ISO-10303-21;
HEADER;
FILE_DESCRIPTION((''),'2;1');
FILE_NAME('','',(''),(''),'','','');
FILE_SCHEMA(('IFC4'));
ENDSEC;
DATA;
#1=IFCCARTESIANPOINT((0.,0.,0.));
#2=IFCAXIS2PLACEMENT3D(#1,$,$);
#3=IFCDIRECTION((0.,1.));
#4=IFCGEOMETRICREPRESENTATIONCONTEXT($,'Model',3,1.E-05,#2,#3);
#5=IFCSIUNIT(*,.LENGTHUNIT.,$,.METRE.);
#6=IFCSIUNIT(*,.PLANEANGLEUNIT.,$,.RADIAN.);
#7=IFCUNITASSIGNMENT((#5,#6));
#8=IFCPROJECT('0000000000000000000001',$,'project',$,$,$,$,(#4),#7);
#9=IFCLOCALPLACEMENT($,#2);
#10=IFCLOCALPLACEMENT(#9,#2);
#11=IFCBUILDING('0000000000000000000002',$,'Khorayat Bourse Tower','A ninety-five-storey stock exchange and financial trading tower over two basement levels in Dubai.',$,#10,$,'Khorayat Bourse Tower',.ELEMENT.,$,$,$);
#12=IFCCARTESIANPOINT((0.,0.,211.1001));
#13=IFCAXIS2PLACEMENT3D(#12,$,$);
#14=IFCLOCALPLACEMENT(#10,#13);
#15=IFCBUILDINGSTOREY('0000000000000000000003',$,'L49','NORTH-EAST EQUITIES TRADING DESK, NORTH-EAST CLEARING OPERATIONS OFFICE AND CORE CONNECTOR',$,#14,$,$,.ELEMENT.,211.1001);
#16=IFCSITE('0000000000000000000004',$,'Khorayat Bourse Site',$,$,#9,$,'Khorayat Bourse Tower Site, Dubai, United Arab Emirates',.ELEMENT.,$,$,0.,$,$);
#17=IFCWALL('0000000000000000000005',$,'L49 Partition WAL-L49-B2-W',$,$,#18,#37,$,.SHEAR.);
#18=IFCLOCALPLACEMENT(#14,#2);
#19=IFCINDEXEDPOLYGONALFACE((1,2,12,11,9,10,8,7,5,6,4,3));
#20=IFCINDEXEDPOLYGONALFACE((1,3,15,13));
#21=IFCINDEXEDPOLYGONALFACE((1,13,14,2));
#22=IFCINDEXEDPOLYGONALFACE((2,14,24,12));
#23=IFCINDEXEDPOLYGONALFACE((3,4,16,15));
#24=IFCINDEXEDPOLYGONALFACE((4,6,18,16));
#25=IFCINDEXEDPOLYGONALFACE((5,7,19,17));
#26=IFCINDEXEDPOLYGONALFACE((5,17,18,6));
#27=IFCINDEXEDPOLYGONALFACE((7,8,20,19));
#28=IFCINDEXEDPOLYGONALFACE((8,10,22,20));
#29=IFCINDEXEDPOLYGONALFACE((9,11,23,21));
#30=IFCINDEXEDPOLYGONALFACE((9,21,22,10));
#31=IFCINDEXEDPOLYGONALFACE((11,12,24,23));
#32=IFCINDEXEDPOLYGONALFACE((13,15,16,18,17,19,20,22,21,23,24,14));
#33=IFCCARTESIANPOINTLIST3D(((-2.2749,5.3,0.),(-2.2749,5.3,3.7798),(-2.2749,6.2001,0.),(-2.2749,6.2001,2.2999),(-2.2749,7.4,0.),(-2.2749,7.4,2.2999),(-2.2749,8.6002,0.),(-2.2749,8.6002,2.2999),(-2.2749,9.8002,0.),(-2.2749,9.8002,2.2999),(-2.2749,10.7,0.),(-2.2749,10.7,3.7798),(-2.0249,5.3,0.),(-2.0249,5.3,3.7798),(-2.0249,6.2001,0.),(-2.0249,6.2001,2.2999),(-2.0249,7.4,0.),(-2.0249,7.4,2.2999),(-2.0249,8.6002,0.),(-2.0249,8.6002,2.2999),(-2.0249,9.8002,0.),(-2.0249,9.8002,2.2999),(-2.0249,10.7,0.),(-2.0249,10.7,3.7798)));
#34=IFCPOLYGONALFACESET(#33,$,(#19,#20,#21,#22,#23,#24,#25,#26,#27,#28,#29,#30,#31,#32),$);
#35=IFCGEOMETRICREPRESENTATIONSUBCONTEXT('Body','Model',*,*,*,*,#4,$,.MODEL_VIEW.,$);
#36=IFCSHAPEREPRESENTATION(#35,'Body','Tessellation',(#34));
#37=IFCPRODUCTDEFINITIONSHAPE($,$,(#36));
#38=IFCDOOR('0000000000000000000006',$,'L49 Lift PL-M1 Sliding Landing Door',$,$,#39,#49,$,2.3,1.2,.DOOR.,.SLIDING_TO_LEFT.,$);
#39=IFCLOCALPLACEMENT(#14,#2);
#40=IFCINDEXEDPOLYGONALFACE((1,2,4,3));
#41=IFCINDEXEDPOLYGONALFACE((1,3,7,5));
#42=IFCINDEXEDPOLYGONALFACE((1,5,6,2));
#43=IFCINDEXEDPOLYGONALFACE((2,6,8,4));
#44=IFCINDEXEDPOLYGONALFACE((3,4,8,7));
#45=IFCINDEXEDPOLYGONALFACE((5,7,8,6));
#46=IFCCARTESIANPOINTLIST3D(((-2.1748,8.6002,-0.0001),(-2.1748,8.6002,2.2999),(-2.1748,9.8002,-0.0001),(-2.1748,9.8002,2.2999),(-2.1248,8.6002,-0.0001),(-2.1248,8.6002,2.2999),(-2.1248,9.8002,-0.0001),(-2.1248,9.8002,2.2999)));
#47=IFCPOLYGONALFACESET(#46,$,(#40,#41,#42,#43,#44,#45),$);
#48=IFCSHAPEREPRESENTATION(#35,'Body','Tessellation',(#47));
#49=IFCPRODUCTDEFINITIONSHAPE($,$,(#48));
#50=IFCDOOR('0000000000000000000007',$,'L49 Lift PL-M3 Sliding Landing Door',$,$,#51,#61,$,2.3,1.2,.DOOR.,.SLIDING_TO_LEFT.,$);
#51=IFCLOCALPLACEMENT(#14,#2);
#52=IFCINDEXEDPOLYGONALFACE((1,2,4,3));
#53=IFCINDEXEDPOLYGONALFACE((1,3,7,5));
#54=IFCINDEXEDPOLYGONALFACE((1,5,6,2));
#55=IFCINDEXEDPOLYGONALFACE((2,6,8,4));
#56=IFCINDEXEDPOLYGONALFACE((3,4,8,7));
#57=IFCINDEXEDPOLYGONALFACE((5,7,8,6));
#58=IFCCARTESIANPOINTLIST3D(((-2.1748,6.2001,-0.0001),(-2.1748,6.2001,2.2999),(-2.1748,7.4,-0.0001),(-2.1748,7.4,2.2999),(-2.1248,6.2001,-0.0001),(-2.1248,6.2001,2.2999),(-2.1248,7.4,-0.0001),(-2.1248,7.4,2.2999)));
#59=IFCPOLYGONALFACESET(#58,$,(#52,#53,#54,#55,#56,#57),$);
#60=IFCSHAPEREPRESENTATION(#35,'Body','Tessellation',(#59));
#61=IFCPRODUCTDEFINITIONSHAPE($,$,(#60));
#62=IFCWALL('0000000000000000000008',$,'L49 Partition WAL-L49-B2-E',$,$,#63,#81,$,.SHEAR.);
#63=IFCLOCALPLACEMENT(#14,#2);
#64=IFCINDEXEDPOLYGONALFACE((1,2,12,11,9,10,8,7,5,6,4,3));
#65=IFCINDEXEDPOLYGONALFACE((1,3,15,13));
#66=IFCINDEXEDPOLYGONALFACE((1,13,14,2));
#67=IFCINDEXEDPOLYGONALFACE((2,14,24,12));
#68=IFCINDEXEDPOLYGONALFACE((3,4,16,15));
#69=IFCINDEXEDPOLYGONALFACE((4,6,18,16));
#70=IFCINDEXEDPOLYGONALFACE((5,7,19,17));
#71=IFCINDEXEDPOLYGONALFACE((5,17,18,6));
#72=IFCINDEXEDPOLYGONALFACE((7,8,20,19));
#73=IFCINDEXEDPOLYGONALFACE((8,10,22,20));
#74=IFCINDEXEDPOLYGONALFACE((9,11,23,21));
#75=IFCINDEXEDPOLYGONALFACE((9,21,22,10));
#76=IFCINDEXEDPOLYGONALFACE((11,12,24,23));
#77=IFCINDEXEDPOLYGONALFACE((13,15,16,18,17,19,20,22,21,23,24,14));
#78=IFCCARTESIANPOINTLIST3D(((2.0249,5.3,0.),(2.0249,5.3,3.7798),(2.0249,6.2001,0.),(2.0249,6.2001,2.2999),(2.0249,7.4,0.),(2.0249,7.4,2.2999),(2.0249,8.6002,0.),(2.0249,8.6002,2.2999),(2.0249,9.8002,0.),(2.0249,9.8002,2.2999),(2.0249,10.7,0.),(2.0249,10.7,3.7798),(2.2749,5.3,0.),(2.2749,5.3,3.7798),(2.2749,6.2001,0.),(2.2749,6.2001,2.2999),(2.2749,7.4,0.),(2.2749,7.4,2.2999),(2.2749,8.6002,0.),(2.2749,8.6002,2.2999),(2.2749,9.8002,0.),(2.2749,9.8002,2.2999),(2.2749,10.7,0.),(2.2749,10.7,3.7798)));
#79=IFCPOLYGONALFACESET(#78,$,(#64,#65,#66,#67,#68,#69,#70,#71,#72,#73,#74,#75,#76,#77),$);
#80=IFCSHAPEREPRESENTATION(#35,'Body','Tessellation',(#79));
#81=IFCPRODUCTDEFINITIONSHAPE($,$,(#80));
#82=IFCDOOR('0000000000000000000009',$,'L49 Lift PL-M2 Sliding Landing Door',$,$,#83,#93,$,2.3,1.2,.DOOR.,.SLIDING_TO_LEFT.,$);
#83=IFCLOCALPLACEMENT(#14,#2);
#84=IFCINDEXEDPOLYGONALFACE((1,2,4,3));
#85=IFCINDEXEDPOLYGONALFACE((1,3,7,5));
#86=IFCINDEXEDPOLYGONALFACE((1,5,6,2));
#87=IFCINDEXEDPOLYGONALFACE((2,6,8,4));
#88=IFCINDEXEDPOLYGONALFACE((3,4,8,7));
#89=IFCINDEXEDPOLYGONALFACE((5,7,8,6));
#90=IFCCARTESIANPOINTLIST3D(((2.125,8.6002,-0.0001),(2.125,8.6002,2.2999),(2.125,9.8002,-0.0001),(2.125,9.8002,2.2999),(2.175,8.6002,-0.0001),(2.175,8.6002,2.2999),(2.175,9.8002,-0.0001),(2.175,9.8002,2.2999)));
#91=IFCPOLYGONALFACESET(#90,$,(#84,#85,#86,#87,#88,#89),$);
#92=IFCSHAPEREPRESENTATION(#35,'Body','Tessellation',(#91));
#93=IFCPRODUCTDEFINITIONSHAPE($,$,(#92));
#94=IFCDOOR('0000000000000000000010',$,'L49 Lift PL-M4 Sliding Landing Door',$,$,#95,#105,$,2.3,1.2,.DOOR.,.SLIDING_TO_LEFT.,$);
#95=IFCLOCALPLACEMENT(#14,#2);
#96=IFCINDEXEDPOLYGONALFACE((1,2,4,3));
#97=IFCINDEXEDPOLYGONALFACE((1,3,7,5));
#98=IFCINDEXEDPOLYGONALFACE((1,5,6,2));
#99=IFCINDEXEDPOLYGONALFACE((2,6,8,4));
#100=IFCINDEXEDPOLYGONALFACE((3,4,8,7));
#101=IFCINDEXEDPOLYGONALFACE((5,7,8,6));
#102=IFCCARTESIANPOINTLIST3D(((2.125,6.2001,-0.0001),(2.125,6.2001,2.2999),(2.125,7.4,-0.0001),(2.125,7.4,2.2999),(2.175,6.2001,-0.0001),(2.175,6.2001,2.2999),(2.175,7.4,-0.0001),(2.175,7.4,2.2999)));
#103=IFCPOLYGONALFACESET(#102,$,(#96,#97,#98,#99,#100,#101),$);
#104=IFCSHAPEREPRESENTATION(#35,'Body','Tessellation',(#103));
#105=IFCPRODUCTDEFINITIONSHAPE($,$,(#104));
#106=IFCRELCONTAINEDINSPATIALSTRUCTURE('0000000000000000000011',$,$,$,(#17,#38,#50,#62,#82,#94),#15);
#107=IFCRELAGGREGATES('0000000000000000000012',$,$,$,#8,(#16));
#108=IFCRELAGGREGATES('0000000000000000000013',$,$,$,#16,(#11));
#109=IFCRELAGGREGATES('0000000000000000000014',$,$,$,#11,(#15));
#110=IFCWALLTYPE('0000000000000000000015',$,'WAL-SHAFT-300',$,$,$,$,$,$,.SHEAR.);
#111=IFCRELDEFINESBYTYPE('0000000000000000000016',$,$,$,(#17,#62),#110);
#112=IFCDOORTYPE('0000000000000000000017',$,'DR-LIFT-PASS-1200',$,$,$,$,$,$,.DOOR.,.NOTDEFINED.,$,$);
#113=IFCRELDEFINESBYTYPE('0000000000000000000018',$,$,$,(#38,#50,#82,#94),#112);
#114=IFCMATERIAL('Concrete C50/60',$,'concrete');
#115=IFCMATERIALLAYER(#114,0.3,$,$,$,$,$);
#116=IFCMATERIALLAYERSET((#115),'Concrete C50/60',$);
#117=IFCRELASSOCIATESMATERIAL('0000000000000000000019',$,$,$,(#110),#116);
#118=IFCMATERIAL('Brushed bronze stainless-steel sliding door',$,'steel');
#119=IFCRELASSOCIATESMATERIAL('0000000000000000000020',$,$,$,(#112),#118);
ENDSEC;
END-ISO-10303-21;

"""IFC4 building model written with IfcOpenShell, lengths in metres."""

from ifc_helpers import new_model, si_unit, direction, frame, frame_2d, origin, place, context, subcontext, project, spatial, rectangle, extrude, source, transform, mapped, material, layer, layer_set, type_object, element, fill, save


model = new_model("IFC4")

# Units and contexts
model_context = context("Model", 3, precision=1e-05, world=origin(), true_north=direction((0.0, 1.0)))
body_context = subcontext(model_context, "Body", "Model", "MODEL_VIEW")
ifc_project = project(units=[si_unit("LENGTHUNIT", "METRE"), si_unit("PLANEANGLEUNIT", "RADIAN")], contexts=[model_context])

# Site, building, storey
site_placement = place(None, origin())
site = spatial("IfcSite", under=ifc_project, at=site_placement, Name="Khorayat Bourse Site", LongName="Khorayat Bourse Tower Site, Dubai, United Arab Emirates", CompositionType="ELEMENT", RefElevation=0.0)
building_placement = place(site_placement, origin())
building = spatial("IfcBuilding", under=site, at=building_placement, Name="Khorayat Bourse Tower", Description="A ninety-five-storey stock exchange and financial trading tower over two basement levels in Dubai.", LongName="Khorayat Bourse Tower", CompositionType="ELEMENT")
storey_placement = place(building_placement, frame((0.0, 0.0, 211.1001)))
storey = spatial("IfcBuildingStorey", under=building, at=storey_placement, Name="L49", Description="NORTH-EAST EQUITIES TRADING DESK, NORTH-EAST CLEARING OPERATIONS OFFICE AND CORE CONNECTOR", CompositionType="ELEMENT", Elevation=211.1001)

# Shared definitions
ifc_material_1 = material(Name="Concrete C50/60", Category="concrete")
ifc_layer_1 = layer(ifc_material_1, 0.3)
ifc_layer_set_1 = layer_set([ifc_layer_1], Name="Concrete C50/60")
wall_type_1 = type_object("IfcWallType", Name="WAL-SHAFT-300", PredefinedType="SHEAR", material=ifc_layer_set_1)

# Walls, openings, doors
shared_shape_1 = source(origin(), body_context, "Body", "SweptSolid", [
    extrude(rectangle(XDim=5.3999, YDim=0.25, at=frame_2d((2.7, 0.0))), origin(), (0.0, 0.0, 1.0), 3.7798),
])
wall_1_placement = place(storey_placement, frame((-2.1499, 5.3, 0.0), z_axis=(0.0, 0.0, 1.0), x_axis=(0.0, 1.0, 0.0)))
wall_1 = element("IfcWall", 1, at=wall_1_placement, inside=storey, type_object=wall_type_1, Name="L49 Partition WAL-L49-B2-W", PredefinedType="SHEAR", context=body_context, shape_type="MappedRepresentation", body=[
    mapped(shared_shape_1, transform((0.0, 0.0, 0.0), scale=1.0)),
])
shared_shape_2 = source(origin(), body_context, "Body", "SweptSolid", [
    extrude(rectangle(XDim=1.2, YDim=2.3, at=frame_2d((0.6001, 1.1499))), frame((0.0, 0.135, 0.0), z_axis=(0.0, -1.0, 0.0), x_axis=(1.0, 0.0, 0.0)), (0.0, 0.0, 1.0), 0.27),
])
opening_1_placement = place(wall_1_placement, frame((3.3, 0.0, 0.0)))
opening_1 = element("IfcOpeningElement", 2, at=opening_1_placement, cuts=wall_1, PredefinedType="OPENING", context=body_context, shape_type="MappedRepresentation", body=[
    mapped(shared_shape_2, transform((0.0, 0.0, 0.0), scale=1.0)),
])
opening_2_placement = place(wall_1_placement, frame((0.8999, 0.0, 0.0)))
opening_2 = element("IfcOpeningElement", 3, at=opening_2_placement, cuts=wall_1, PredefinedType="OPENING", context=body_context, shape_type="MappedRepresentation", body=[
    mapped(shared_shape_2, transform((0.0, 0.0, 0.0), scale=1.0)),
])
ifc_material_2 = material(Name="Brushed bronze stainless-steel sliding door", Category="steel")
door_type_1 = type_object("IfcDoorType", Name="DR-LIFT-PASS-1200", OperationType="NOTDEFINED", PredefinedType="DOOR", material=ifc_material_2)
shared_shape_3 = source(origin(), body_context, "Body", "SweptSolid", [
    extrude(rectangle(XDim=1.2, YDim=2.3, at=frame_2d((0.6001, 1.1499))), frame((0.0, 0.0249, 0.0), z_axis=(0.0, -1.0, 0.0), x_axis=(1.0, 0.0, 0.0)), (0.0, 0.0, 1.0), 0.05),
])
door_1_placement = place(opening_1_placement, origin())
door_1 = element("IfcDoor", 4, at=door_1_placement, inside=storey, type_object=door_type_1, Name="L49 Lift PL-M1 Sliding Landing Door", OperationType="SLIDING_TO_LEFT", OverallHeight=2.3, OverallWidth=1.2, PredefinedType="DOOR", context=body_context, shape_type="MappedRepresentation", body=[
    mapped(shared_shape_3, transform((0.0, 0.0, 0.0), scale=1.0)),
])
fill(opening_1, door_1)
door_2_placement = place(opening_2_placement, origin())
door_2 = element("IfcDoor", 5, at=door_2_placement, inside=storey, type_object=door_type_1, Name="L49 Lift PL-M3 Sliding Landing Door", OperationType="SLIDING_TO_LEFT", OverallHeight=2.3, OverallWidth=1.2, PredefinedType="DOOR", context=body_context, shape_type="MappedRepresentation", body=[
    mapped(shared_shape_3, transform((0.0, 0.0, 0.0), scale=1.0)),
])
fill(opening_2, door_2)
wall_2_placement = place(storey_placement, frame((2.1499, 5.3, 0.0), z_axis=(0.0, 0.0, 1.0), x_axis=(0.0, 1.0, 0.0)))
wall_2 = element("IfcWall", 6, at=wall_2_placement, inside=storey, type_object=wall_type_1, Name="L49 Partition WAL-L49-B2-E", PredefinedType="SHEAR", context=body_context, shape_type="MappedRepresentation", body=[
    mapped(shared_shape_1, transform((0.0, 0.0, 0.0), scale=1.0)),
])
opening_3_placement = place(wall_2_placement, frame((3.3, 0.0, 0.0)))
opening_3 = element("IfcOpeningElement", 7, at=opening_3_placement, cuts=wall_2, PredefinedType="OPENING", context=body_context, shape_type="MappedRepresentation", body=[
    mapped(shared_shape_2, transform((0.0, 0.0, 0.0), scale=1.0)),
])
opening_4_placement = place(wall_2_placement, frame((0.8999, 0.0, 0.0)))
opening_4 = element("IfcOpeningElement", 8, at=opening_4_placement, cuts=wall_2, PredefinedType="OPENING", context=body_context, shape_type="MappedRepresentation", body=[
    mapped(shared_shape_2, transform((0.0, 0.0, 0.0), scale=1.0)),
])
door_3_placement = place(opening_3_placement, origin())
door_3 = element("IfcDoor", 9, at=door_3_placement, inside=storey, type_object=door_type_1, Name="L49 Lift PL-M2 Sliding Landing Door", OperationType="SLIDING_TO_LEFT", OverallHeight=2.3, OverallWidth=1.2, PredefinedType="DOOR", context=body_context, shape_type="MappedRepresentation", body=[
    mapped(shared_shape_3, transform((0.0, 0.0, 0.0), scale=1.0)),
])
fill(opening_3, door_3)
door_4_placement = place(opening_4_placement, origin())
door_4 = element("IfcDoor", 10, at=door_4_placement, inside=storey, type_object=door_type_1, Name="L49 Lift PL-M4 Sliding Landing Door", OperationType="SLIDING_TO_LEFT", OverallHeight=2.3, OverallWidth=1.2, PredefinedType="DOOR", context=body_context, shape_type="MappedRepresentation", body=[
    mapped(shared_shape_3, transform((0.0, 0.0, 0.0), scale=1.0)),
])
fill(opening_4, door_4)

save(model, "model.ifc")
